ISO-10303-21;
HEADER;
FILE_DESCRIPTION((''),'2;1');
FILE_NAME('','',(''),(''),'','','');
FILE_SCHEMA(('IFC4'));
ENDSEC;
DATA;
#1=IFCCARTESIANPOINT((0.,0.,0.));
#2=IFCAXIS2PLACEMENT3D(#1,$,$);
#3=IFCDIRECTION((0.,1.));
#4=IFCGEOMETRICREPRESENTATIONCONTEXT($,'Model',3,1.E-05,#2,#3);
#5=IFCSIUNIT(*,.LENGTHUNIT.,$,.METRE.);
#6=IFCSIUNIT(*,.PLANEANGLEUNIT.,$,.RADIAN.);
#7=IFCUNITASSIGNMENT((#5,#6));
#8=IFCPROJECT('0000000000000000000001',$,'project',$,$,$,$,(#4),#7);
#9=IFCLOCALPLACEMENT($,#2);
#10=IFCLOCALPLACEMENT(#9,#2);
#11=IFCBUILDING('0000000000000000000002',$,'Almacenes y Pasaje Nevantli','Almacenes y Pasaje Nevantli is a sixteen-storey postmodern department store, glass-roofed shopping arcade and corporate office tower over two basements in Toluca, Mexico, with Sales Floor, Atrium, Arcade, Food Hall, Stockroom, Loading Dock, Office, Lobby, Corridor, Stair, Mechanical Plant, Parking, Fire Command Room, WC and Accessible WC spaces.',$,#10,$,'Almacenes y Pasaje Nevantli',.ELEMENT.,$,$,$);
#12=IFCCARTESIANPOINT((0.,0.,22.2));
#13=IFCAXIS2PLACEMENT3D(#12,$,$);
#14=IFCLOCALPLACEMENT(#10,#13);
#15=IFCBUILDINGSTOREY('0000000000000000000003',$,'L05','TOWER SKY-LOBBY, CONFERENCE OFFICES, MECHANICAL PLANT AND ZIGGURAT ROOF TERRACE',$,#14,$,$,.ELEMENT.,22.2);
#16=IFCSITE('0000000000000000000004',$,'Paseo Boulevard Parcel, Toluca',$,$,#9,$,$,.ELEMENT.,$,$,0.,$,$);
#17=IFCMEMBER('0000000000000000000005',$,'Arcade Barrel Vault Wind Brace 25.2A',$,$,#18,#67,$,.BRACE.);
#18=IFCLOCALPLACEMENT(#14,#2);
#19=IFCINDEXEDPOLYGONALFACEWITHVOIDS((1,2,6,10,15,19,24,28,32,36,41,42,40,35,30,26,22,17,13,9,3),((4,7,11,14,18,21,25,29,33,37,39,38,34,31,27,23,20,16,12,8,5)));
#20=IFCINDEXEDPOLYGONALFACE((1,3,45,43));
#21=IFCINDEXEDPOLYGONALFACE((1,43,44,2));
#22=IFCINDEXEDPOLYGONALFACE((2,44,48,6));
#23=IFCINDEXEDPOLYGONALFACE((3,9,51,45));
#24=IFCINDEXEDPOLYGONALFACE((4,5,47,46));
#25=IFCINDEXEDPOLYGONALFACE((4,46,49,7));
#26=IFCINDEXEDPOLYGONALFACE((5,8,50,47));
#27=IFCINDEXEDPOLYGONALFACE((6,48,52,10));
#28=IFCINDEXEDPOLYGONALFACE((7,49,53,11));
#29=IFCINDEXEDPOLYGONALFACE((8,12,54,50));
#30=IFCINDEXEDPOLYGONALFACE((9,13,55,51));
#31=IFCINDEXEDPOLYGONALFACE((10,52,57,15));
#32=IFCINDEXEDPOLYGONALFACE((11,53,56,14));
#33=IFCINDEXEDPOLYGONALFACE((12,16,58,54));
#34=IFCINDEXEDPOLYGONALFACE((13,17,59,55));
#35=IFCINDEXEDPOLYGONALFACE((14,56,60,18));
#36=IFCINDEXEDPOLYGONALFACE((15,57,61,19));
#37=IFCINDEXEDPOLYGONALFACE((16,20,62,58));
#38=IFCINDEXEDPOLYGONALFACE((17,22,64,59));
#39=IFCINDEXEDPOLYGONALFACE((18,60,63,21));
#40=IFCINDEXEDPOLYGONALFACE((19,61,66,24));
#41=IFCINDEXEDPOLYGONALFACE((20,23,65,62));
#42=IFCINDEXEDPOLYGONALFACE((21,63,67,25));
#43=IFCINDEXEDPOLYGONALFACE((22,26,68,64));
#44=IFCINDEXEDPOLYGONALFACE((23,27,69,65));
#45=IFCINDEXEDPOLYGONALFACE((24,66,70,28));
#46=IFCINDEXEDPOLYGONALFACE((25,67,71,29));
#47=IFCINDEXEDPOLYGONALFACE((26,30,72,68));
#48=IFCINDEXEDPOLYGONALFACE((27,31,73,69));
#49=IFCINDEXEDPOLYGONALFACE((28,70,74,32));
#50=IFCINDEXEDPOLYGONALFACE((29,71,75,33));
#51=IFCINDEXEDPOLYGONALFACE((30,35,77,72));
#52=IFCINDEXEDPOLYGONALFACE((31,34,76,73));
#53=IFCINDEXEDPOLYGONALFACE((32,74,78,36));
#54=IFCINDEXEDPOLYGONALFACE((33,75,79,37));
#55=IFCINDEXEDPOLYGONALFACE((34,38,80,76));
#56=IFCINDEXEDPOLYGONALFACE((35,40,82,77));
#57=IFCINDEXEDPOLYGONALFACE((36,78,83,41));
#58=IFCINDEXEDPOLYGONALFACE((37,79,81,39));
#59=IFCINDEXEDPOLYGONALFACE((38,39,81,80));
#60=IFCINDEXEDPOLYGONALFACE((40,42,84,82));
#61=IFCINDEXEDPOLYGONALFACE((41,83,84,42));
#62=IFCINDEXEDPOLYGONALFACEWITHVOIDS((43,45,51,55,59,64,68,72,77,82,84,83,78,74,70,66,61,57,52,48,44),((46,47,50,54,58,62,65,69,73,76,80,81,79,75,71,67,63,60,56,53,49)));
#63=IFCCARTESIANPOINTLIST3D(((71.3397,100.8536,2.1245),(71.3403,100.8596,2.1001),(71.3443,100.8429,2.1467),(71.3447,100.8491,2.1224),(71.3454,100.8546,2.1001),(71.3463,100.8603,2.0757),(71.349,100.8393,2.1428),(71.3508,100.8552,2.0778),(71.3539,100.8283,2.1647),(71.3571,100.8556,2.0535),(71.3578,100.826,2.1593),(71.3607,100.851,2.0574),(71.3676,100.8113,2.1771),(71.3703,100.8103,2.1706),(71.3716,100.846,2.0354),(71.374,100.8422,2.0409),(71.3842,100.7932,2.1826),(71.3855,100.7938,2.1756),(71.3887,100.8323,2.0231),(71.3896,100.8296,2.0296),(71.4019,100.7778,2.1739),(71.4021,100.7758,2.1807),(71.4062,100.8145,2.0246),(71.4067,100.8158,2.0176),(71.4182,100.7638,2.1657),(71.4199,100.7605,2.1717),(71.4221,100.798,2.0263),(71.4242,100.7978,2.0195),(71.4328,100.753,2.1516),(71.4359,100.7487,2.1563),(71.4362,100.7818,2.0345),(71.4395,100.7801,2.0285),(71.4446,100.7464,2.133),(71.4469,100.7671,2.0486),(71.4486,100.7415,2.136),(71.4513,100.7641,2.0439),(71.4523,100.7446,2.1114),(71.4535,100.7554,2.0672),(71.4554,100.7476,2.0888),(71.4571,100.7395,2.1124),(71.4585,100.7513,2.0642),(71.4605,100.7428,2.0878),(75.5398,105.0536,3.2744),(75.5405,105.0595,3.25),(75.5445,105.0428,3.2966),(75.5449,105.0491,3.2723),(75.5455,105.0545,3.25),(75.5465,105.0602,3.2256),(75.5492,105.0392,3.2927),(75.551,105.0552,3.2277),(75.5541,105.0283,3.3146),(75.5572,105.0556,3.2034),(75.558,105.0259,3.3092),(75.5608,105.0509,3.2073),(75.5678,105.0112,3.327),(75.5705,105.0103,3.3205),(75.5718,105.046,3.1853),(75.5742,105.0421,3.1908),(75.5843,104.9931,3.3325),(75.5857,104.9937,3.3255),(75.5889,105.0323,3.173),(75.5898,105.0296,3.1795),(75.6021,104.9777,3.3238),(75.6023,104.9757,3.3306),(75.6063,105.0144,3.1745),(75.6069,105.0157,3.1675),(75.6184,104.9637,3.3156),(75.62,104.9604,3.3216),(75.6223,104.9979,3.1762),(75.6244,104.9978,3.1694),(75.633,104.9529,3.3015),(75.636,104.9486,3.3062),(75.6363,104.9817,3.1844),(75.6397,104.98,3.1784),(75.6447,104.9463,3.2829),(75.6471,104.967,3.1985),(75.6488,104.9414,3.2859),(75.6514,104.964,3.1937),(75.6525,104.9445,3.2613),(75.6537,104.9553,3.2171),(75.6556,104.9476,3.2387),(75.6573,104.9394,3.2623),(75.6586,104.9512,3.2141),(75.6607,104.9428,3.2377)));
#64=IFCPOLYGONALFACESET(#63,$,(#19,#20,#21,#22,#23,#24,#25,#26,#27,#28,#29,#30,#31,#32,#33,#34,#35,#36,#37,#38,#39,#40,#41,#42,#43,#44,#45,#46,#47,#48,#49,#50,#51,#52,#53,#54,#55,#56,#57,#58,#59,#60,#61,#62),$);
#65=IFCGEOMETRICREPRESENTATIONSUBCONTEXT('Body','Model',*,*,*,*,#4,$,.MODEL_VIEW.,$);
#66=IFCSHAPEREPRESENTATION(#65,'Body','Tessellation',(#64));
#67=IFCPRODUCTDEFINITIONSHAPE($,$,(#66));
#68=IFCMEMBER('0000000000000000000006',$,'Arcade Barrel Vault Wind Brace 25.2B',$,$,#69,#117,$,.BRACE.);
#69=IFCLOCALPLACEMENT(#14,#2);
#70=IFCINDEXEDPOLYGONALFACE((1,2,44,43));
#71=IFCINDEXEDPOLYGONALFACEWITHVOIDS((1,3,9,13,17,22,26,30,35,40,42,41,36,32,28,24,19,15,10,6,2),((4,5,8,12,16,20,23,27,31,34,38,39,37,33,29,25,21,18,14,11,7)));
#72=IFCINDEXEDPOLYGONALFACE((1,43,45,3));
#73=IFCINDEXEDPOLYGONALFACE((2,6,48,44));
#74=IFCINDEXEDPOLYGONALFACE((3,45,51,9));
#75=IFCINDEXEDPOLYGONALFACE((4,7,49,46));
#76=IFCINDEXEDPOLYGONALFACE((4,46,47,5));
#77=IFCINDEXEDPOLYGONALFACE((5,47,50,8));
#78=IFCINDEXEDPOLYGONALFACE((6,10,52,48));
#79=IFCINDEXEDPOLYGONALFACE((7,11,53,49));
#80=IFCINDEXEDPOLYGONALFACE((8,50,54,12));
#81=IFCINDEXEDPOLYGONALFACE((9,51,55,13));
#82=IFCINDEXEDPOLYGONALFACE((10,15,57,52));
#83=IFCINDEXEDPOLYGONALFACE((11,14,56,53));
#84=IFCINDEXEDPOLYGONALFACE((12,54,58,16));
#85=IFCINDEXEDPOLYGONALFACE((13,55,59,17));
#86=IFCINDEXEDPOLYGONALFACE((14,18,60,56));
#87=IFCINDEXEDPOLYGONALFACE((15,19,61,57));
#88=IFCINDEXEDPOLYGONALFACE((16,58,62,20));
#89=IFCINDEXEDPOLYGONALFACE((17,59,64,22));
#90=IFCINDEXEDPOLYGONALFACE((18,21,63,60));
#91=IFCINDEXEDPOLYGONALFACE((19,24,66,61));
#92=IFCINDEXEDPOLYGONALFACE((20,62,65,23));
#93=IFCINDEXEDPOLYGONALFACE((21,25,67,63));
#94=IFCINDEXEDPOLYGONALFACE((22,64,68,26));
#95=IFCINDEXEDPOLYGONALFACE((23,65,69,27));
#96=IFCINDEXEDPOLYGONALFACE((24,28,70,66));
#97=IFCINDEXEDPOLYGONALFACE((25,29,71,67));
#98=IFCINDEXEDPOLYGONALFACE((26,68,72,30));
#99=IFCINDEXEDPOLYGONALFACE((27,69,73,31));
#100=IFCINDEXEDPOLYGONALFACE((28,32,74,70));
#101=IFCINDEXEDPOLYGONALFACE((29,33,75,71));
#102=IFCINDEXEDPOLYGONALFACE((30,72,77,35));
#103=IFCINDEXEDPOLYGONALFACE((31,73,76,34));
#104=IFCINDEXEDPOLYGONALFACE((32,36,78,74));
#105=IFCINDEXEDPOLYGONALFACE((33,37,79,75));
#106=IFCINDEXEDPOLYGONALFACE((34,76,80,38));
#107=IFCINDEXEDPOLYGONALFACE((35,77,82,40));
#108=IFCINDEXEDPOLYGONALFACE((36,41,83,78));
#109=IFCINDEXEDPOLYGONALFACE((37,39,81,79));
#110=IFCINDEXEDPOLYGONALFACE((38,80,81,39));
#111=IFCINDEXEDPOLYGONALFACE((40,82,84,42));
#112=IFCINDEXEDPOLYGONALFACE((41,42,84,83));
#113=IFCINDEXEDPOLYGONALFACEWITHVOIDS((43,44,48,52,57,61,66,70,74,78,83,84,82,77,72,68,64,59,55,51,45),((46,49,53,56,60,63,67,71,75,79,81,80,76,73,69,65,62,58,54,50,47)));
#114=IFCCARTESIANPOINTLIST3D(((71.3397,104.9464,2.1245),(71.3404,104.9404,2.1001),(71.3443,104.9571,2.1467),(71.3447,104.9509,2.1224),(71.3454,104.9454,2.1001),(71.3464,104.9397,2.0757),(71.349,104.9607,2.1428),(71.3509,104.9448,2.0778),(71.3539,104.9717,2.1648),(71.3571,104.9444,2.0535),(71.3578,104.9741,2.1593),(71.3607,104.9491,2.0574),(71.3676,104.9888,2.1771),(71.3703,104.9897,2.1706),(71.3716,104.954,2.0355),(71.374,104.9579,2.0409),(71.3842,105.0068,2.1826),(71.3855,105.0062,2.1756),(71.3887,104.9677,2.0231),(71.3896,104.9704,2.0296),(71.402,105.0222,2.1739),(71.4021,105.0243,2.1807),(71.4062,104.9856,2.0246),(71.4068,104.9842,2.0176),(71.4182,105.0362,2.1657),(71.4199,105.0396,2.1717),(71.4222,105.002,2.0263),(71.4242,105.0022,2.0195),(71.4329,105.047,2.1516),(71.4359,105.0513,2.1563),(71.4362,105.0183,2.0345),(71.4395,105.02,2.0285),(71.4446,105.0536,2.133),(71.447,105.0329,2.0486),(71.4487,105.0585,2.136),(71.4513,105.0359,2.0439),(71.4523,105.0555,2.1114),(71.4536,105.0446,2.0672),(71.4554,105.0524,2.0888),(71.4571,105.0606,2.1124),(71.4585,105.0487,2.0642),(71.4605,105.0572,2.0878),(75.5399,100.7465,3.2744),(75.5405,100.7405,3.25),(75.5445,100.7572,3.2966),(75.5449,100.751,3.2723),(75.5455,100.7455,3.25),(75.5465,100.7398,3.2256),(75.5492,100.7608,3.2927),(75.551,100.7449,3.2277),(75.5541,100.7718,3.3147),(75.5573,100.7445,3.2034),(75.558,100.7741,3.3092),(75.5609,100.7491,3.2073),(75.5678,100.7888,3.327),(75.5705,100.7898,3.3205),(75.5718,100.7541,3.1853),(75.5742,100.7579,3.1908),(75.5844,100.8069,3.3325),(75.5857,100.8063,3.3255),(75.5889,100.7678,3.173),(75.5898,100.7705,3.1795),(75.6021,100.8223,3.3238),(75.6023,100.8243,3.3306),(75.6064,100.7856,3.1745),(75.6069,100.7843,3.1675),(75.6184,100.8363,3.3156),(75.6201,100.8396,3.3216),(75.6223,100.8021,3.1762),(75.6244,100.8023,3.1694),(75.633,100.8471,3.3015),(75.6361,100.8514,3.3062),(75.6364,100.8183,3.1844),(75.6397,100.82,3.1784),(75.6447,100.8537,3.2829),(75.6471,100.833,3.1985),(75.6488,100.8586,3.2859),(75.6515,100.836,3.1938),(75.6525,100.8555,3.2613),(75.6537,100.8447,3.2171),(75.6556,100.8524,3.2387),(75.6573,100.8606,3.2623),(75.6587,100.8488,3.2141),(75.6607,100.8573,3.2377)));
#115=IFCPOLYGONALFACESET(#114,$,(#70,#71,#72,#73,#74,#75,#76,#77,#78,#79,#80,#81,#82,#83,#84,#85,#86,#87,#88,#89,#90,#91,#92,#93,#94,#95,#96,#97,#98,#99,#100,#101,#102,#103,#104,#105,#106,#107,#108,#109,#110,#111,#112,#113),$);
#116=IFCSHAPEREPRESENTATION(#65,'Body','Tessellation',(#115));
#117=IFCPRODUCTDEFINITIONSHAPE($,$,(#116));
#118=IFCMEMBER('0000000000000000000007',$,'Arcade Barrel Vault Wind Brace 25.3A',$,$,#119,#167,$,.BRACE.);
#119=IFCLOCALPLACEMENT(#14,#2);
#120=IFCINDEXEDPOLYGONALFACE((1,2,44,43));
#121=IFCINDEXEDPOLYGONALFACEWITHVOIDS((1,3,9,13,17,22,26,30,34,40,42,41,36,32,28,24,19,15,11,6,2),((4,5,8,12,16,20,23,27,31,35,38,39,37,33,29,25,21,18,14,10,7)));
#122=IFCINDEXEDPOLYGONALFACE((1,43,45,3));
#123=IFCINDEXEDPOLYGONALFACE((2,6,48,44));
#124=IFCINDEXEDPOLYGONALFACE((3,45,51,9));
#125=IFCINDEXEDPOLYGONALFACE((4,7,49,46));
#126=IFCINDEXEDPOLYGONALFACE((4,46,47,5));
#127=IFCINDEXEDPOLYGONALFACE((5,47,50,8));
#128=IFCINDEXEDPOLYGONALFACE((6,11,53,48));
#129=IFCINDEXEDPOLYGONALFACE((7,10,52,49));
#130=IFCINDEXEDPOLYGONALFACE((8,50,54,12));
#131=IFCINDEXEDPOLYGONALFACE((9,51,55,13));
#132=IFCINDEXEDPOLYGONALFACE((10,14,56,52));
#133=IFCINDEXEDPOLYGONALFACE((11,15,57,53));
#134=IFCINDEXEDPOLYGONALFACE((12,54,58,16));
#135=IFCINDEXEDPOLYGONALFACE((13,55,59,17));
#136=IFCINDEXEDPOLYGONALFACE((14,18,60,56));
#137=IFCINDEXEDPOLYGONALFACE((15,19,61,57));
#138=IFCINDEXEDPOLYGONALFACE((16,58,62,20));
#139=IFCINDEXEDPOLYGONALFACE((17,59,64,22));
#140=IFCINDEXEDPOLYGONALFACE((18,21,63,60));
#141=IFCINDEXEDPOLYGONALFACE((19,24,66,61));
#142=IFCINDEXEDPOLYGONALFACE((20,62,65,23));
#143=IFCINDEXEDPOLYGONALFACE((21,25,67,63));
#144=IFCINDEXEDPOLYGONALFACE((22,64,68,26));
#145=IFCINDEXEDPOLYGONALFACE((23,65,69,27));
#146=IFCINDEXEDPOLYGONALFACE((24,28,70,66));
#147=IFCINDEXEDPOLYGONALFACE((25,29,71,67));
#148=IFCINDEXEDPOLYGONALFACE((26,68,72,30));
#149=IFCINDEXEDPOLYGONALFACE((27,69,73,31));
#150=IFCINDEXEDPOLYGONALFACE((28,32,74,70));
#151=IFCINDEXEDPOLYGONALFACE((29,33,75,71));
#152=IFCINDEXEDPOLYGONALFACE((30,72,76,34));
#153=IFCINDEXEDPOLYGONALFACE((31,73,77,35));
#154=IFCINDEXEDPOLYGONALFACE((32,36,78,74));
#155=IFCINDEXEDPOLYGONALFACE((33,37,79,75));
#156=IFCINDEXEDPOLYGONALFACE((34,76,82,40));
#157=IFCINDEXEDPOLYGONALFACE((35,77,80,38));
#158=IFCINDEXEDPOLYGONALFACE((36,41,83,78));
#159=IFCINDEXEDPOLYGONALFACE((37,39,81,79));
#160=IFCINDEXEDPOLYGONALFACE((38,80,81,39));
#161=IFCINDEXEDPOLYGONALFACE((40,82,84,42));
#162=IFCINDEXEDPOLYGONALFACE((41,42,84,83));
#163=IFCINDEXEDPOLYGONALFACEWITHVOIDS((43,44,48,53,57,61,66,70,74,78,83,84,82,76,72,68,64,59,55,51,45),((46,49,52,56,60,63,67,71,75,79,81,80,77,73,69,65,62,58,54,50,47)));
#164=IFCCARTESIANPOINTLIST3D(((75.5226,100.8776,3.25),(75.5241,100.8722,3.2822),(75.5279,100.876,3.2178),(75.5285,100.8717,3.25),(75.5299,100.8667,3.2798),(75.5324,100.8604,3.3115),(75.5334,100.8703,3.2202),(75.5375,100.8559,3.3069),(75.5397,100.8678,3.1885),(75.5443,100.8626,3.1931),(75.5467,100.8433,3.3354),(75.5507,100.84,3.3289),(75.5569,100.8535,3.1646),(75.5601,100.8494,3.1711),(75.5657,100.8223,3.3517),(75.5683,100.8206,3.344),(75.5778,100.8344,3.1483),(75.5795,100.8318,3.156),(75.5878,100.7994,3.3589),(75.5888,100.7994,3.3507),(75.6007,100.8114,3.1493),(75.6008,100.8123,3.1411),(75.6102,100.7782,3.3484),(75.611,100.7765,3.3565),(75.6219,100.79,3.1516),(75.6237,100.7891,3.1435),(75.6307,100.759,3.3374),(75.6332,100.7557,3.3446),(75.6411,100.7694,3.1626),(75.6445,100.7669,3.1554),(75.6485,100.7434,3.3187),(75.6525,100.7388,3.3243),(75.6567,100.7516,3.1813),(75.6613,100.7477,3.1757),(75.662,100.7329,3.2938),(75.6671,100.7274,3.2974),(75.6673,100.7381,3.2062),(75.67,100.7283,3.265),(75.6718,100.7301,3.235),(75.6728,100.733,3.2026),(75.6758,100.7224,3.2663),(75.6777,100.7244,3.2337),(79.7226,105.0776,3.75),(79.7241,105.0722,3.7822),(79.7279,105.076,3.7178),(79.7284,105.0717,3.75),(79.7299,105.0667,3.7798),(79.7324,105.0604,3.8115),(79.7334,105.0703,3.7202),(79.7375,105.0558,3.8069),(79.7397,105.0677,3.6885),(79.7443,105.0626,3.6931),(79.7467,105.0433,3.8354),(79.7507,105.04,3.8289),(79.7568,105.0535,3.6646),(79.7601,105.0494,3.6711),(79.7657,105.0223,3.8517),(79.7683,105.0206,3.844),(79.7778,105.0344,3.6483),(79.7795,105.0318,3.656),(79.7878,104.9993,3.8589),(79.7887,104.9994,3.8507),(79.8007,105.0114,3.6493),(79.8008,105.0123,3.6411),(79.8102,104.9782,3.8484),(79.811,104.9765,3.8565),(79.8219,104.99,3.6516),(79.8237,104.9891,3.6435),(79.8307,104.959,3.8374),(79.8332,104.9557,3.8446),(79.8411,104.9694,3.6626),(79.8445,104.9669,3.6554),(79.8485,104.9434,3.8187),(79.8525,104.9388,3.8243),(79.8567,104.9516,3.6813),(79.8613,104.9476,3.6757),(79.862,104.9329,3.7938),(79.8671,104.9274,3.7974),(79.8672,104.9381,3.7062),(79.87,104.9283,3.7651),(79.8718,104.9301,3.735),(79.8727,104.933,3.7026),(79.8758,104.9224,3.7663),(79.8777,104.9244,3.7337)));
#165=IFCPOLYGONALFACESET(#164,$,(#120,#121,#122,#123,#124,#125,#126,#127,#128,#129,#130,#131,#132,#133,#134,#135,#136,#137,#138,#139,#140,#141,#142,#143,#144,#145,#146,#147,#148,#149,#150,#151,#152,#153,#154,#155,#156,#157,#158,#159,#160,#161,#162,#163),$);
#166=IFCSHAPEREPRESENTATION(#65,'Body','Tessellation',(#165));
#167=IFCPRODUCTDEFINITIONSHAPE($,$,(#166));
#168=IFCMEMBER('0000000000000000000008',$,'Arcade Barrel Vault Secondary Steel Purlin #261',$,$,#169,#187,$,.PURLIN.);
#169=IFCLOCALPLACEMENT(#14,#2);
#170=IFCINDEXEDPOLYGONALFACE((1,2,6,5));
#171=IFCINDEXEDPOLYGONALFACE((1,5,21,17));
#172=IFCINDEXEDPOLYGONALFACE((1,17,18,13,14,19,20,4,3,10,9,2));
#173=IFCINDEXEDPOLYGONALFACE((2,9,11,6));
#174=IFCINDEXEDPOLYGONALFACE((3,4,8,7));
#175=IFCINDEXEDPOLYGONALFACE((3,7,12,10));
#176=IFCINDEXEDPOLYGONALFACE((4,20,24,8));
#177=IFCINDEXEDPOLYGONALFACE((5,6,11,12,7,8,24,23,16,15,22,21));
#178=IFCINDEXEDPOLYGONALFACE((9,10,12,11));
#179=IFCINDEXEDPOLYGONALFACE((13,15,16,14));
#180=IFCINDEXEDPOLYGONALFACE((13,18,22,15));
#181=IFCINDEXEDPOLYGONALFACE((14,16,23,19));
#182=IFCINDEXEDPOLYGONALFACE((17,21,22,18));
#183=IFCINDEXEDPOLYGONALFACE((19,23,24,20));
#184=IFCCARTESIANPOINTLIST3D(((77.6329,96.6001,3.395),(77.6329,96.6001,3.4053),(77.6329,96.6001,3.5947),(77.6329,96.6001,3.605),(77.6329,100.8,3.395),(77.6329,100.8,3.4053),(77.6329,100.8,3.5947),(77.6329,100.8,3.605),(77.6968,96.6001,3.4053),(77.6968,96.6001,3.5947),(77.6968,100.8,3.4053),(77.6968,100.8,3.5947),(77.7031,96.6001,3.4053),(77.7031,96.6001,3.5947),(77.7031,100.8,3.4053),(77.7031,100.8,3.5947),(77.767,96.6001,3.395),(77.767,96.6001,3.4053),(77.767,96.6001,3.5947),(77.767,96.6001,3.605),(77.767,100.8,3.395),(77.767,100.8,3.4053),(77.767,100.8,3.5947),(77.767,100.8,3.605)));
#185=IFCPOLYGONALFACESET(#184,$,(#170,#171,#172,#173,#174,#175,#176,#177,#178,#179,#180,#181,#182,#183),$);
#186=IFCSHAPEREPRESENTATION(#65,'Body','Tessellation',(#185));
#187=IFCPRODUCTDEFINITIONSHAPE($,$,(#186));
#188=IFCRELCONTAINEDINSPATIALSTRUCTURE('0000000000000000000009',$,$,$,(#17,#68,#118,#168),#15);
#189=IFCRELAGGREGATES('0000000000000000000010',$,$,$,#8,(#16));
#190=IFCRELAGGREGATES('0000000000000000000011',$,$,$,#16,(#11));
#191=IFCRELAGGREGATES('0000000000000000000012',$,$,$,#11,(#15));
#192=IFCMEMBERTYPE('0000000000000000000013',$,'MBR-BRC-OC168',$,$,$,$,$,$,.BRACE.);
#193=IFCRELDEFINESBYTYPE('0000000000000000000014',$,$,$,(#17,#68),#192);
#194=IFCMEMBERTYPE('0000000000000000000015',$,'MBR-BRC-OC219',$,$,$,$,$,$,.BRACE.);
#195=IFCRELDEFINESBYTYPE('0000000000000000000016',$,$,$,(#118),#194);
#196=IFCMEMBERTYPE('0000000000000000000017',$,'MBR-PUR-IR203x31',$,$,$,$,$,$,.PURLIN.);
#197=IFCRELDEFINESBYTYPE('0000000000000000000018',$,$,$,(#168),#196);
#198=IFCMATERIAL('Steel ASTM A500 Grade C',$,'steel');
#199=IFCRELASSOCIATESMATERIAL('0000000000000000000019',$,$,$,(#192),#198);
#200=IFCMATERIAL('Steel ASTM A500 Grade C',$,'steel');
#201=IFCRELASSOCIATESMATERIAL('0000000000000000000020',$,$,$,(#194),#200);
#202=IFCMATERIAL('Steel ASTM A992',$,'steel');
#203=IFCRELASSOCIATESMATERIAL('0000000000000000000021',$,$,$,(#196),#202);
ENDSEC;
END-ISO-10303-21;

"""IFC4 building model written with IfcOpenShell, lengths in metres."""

from ifc_helpers import new_model, si_unit, direction, frame, origin, origin_2d, place, context, subcontext, project, spatial, hollow_circle, i_section, extrude, material, material_profile, profile_set, type_object, element, save


model = new_model("IFC4")

# Units and contexts
model_context = context("Model", 3, precision=1e-05, world=origin(), true_north=direction((0.0, 1.0)))
body_context = subcontext(model_context, "Body", "Model", "MODEL_VIEW")
ifc_project = project(units=[si_unit("LENGTHUNIT", "METRE"), si_unit("PLANEANGLEUNIT", "RADIAN")], contexts=[model_context])

# Site, building, storey
site_placement = place(None, origin())
site = spatial("IfcSite", under=ifc_project, at=site_placement, Name="Paseo Boulevard Parcel, Toluca", CompositionType="ELEMENT", RefElevation=0.0)
building_placement = place(site_placement, origin())
building = spatial("IfcBuilding", under=site, at=building_placement, Name="Almacenes y Pasaje Nevantli", Description="Almacenes y Pasaje Nevantli is a sixteen-storey postmodern department store, glass-roofed shopping arcade and corporate office tower over two basements in Toluca, Mexico, with Sales Floor, Atrium, Arcade, Food Hall, Stockroom, Loading Dock, Office, Lobby, Corridor, Stair, Mechanical Plant, Parking, Fire Command Room, WC and Accessible WC spaces.", LongName="Almacenes y Pasaje Nevantli", CompositionType="ELEMENT")
storey_placement = place(building_placement, frame((0.0, 0.0, 22.2)))
storey = spatial("IfcBuildingStorey", under=building, at=storey_placement, Name="L05", Description="TOWER SKY-LOBBY, CONFERENCE OFFICES, MECHANICAL PLANT AND ZIGGURAT ROOF TERRACE", CompositionType="ELEMENT", Elevation=22.2)

# Members
ifc_material_1 = material(Name="Steel ASTM A500 Grade C", Category="steel")
ifc_material_profile_1 = material_profile(ifc_material_1, hollow_circle(Radius=0.0842, WallThickness=0.0071, at=origin_2d()), Name="OC 168x7.1")
ifc_profile_set_1 = profile_set([ifc_material_profile_1], Name="Steel ASTM A500 Grade C")
member_type_1 = type_object("IfcMemberType", Name="MBR-BRC-OC168", PredefinedType="BRACE", material=ifc_profile_set_1)
for number, where, z_axis, x_axis, name in (
    (1, (71.3999, 100.8, 2.1001), (0.694238, 0.694197, 0.190064), (-0.707086, 0.707127, 0.0), "Arcade Barrel Vault Wind Brace 25.2A"),
    (2, (75.6001, 100.8, 3.25), (-0.694238, 0.694197, -0.190064), (-0.707086, -0.707127, 0.0), "Arcade Barrel Vault Wind Brace 25.2B"),
):
    element("IfcMember", number, at=place(storey_placement, frame(where, z_axis=z_axis, x_axis=x_axis)), inside=storey, type_object=member_type_1, Name=name, PredefinedType="BRACE", context=body_context, shape_type="SweptSolid", body=[
        extrude(hollow_circle(Radius=0.0842, WallThickness=0.0071, at=origin_2d()), origin(), (0.0, 0.0, 1.0), 6.05),
    ])
ifc_material_2 = material(Name="Steel ASTM A500 Grade C", Category="steel")
ifc_material_profile_2 = material_profile(ifc_material_2, hollow_circle(Radius=0.1096, WallThickness=0.0083, at=origin_2d()), Name="OC 219x8.2")
ifc_profile_set_2 = profile_set([ifc_material_profile_2], Name="Steel ASTM A500 Grade C")
member_type_2 = type_object("IfcMemberType", Name="MBR-BRC-OC219", PredefinedType="BRACE", material=ifc_profile_set_2)
member_1_placement = place(storey_placement, frame((75.6001, 100.8, 3.25), z_axis=(0.704615, 0.704615, 0.083884), x_axis=(-0.707107, 0.707107, 0.0)))
element("IfcMember", 3, at=member_1_placement, inside=storey, type_object=member_type_2, Name="Arcade Barrel Vault Wind Brace 25.3A", PredefinedType="BRACE", context=body_context, shape_type="SweptSolid", body=[
    extrude(hollow_circle(Radius=0.1096, WallThickness=0.0083, at=origin_2d()), origin(), (0.0, 0.0, 1.0), 5.9607),
])
ifc_material_3 = material(Name="Steel ASTM A992", Category="steel")
ifc_material_profile_3 = material_profile(ifc_material_3, i_section(OverallWidth=0.134, OverallDepth=0.21, WebThickness=0.0063, FlangeThickness=0.0103, at=origin_2d()), Name="IR 203x31.3")
ifc_profile_set_3 = profile_set([ifc_material_profile_3], Name="Steel ASTM A992")
member_type_3 = type_object("IfcMemberType", Name="MBR-PUR-IR203x31", PredefinedType="PURLIN", material=ifc_profile_set_3)
for number, where, z_axis, x_axis, name in (
    (4, (77.7, 96.6001, 3.5), (0.0, 1.0, 0.0), (-1.0, 0.0, 0.0), "Arcade Barrel Vault Secondary Steel Purlin #261"),
):
    element("IfcMember", number, at=place(storey_placement, frame(where, z_axis=z_axis, x_axis=x_axis)), inside=storey, type_object=member_type_3, Name=name, PredefinedType="PURLIN", context=body_context, shape_type="SweptSolid", body=[
        extrude(i_section(OverallWidth=0.134, OverallDepth=0.21, WebThickness=0.0063, FlangeThickness=0.0103, at=origin_2d()), origin(), (0.0, 0.0, 1.0), 4.2),
    ])

save(model, "model.ifc")
